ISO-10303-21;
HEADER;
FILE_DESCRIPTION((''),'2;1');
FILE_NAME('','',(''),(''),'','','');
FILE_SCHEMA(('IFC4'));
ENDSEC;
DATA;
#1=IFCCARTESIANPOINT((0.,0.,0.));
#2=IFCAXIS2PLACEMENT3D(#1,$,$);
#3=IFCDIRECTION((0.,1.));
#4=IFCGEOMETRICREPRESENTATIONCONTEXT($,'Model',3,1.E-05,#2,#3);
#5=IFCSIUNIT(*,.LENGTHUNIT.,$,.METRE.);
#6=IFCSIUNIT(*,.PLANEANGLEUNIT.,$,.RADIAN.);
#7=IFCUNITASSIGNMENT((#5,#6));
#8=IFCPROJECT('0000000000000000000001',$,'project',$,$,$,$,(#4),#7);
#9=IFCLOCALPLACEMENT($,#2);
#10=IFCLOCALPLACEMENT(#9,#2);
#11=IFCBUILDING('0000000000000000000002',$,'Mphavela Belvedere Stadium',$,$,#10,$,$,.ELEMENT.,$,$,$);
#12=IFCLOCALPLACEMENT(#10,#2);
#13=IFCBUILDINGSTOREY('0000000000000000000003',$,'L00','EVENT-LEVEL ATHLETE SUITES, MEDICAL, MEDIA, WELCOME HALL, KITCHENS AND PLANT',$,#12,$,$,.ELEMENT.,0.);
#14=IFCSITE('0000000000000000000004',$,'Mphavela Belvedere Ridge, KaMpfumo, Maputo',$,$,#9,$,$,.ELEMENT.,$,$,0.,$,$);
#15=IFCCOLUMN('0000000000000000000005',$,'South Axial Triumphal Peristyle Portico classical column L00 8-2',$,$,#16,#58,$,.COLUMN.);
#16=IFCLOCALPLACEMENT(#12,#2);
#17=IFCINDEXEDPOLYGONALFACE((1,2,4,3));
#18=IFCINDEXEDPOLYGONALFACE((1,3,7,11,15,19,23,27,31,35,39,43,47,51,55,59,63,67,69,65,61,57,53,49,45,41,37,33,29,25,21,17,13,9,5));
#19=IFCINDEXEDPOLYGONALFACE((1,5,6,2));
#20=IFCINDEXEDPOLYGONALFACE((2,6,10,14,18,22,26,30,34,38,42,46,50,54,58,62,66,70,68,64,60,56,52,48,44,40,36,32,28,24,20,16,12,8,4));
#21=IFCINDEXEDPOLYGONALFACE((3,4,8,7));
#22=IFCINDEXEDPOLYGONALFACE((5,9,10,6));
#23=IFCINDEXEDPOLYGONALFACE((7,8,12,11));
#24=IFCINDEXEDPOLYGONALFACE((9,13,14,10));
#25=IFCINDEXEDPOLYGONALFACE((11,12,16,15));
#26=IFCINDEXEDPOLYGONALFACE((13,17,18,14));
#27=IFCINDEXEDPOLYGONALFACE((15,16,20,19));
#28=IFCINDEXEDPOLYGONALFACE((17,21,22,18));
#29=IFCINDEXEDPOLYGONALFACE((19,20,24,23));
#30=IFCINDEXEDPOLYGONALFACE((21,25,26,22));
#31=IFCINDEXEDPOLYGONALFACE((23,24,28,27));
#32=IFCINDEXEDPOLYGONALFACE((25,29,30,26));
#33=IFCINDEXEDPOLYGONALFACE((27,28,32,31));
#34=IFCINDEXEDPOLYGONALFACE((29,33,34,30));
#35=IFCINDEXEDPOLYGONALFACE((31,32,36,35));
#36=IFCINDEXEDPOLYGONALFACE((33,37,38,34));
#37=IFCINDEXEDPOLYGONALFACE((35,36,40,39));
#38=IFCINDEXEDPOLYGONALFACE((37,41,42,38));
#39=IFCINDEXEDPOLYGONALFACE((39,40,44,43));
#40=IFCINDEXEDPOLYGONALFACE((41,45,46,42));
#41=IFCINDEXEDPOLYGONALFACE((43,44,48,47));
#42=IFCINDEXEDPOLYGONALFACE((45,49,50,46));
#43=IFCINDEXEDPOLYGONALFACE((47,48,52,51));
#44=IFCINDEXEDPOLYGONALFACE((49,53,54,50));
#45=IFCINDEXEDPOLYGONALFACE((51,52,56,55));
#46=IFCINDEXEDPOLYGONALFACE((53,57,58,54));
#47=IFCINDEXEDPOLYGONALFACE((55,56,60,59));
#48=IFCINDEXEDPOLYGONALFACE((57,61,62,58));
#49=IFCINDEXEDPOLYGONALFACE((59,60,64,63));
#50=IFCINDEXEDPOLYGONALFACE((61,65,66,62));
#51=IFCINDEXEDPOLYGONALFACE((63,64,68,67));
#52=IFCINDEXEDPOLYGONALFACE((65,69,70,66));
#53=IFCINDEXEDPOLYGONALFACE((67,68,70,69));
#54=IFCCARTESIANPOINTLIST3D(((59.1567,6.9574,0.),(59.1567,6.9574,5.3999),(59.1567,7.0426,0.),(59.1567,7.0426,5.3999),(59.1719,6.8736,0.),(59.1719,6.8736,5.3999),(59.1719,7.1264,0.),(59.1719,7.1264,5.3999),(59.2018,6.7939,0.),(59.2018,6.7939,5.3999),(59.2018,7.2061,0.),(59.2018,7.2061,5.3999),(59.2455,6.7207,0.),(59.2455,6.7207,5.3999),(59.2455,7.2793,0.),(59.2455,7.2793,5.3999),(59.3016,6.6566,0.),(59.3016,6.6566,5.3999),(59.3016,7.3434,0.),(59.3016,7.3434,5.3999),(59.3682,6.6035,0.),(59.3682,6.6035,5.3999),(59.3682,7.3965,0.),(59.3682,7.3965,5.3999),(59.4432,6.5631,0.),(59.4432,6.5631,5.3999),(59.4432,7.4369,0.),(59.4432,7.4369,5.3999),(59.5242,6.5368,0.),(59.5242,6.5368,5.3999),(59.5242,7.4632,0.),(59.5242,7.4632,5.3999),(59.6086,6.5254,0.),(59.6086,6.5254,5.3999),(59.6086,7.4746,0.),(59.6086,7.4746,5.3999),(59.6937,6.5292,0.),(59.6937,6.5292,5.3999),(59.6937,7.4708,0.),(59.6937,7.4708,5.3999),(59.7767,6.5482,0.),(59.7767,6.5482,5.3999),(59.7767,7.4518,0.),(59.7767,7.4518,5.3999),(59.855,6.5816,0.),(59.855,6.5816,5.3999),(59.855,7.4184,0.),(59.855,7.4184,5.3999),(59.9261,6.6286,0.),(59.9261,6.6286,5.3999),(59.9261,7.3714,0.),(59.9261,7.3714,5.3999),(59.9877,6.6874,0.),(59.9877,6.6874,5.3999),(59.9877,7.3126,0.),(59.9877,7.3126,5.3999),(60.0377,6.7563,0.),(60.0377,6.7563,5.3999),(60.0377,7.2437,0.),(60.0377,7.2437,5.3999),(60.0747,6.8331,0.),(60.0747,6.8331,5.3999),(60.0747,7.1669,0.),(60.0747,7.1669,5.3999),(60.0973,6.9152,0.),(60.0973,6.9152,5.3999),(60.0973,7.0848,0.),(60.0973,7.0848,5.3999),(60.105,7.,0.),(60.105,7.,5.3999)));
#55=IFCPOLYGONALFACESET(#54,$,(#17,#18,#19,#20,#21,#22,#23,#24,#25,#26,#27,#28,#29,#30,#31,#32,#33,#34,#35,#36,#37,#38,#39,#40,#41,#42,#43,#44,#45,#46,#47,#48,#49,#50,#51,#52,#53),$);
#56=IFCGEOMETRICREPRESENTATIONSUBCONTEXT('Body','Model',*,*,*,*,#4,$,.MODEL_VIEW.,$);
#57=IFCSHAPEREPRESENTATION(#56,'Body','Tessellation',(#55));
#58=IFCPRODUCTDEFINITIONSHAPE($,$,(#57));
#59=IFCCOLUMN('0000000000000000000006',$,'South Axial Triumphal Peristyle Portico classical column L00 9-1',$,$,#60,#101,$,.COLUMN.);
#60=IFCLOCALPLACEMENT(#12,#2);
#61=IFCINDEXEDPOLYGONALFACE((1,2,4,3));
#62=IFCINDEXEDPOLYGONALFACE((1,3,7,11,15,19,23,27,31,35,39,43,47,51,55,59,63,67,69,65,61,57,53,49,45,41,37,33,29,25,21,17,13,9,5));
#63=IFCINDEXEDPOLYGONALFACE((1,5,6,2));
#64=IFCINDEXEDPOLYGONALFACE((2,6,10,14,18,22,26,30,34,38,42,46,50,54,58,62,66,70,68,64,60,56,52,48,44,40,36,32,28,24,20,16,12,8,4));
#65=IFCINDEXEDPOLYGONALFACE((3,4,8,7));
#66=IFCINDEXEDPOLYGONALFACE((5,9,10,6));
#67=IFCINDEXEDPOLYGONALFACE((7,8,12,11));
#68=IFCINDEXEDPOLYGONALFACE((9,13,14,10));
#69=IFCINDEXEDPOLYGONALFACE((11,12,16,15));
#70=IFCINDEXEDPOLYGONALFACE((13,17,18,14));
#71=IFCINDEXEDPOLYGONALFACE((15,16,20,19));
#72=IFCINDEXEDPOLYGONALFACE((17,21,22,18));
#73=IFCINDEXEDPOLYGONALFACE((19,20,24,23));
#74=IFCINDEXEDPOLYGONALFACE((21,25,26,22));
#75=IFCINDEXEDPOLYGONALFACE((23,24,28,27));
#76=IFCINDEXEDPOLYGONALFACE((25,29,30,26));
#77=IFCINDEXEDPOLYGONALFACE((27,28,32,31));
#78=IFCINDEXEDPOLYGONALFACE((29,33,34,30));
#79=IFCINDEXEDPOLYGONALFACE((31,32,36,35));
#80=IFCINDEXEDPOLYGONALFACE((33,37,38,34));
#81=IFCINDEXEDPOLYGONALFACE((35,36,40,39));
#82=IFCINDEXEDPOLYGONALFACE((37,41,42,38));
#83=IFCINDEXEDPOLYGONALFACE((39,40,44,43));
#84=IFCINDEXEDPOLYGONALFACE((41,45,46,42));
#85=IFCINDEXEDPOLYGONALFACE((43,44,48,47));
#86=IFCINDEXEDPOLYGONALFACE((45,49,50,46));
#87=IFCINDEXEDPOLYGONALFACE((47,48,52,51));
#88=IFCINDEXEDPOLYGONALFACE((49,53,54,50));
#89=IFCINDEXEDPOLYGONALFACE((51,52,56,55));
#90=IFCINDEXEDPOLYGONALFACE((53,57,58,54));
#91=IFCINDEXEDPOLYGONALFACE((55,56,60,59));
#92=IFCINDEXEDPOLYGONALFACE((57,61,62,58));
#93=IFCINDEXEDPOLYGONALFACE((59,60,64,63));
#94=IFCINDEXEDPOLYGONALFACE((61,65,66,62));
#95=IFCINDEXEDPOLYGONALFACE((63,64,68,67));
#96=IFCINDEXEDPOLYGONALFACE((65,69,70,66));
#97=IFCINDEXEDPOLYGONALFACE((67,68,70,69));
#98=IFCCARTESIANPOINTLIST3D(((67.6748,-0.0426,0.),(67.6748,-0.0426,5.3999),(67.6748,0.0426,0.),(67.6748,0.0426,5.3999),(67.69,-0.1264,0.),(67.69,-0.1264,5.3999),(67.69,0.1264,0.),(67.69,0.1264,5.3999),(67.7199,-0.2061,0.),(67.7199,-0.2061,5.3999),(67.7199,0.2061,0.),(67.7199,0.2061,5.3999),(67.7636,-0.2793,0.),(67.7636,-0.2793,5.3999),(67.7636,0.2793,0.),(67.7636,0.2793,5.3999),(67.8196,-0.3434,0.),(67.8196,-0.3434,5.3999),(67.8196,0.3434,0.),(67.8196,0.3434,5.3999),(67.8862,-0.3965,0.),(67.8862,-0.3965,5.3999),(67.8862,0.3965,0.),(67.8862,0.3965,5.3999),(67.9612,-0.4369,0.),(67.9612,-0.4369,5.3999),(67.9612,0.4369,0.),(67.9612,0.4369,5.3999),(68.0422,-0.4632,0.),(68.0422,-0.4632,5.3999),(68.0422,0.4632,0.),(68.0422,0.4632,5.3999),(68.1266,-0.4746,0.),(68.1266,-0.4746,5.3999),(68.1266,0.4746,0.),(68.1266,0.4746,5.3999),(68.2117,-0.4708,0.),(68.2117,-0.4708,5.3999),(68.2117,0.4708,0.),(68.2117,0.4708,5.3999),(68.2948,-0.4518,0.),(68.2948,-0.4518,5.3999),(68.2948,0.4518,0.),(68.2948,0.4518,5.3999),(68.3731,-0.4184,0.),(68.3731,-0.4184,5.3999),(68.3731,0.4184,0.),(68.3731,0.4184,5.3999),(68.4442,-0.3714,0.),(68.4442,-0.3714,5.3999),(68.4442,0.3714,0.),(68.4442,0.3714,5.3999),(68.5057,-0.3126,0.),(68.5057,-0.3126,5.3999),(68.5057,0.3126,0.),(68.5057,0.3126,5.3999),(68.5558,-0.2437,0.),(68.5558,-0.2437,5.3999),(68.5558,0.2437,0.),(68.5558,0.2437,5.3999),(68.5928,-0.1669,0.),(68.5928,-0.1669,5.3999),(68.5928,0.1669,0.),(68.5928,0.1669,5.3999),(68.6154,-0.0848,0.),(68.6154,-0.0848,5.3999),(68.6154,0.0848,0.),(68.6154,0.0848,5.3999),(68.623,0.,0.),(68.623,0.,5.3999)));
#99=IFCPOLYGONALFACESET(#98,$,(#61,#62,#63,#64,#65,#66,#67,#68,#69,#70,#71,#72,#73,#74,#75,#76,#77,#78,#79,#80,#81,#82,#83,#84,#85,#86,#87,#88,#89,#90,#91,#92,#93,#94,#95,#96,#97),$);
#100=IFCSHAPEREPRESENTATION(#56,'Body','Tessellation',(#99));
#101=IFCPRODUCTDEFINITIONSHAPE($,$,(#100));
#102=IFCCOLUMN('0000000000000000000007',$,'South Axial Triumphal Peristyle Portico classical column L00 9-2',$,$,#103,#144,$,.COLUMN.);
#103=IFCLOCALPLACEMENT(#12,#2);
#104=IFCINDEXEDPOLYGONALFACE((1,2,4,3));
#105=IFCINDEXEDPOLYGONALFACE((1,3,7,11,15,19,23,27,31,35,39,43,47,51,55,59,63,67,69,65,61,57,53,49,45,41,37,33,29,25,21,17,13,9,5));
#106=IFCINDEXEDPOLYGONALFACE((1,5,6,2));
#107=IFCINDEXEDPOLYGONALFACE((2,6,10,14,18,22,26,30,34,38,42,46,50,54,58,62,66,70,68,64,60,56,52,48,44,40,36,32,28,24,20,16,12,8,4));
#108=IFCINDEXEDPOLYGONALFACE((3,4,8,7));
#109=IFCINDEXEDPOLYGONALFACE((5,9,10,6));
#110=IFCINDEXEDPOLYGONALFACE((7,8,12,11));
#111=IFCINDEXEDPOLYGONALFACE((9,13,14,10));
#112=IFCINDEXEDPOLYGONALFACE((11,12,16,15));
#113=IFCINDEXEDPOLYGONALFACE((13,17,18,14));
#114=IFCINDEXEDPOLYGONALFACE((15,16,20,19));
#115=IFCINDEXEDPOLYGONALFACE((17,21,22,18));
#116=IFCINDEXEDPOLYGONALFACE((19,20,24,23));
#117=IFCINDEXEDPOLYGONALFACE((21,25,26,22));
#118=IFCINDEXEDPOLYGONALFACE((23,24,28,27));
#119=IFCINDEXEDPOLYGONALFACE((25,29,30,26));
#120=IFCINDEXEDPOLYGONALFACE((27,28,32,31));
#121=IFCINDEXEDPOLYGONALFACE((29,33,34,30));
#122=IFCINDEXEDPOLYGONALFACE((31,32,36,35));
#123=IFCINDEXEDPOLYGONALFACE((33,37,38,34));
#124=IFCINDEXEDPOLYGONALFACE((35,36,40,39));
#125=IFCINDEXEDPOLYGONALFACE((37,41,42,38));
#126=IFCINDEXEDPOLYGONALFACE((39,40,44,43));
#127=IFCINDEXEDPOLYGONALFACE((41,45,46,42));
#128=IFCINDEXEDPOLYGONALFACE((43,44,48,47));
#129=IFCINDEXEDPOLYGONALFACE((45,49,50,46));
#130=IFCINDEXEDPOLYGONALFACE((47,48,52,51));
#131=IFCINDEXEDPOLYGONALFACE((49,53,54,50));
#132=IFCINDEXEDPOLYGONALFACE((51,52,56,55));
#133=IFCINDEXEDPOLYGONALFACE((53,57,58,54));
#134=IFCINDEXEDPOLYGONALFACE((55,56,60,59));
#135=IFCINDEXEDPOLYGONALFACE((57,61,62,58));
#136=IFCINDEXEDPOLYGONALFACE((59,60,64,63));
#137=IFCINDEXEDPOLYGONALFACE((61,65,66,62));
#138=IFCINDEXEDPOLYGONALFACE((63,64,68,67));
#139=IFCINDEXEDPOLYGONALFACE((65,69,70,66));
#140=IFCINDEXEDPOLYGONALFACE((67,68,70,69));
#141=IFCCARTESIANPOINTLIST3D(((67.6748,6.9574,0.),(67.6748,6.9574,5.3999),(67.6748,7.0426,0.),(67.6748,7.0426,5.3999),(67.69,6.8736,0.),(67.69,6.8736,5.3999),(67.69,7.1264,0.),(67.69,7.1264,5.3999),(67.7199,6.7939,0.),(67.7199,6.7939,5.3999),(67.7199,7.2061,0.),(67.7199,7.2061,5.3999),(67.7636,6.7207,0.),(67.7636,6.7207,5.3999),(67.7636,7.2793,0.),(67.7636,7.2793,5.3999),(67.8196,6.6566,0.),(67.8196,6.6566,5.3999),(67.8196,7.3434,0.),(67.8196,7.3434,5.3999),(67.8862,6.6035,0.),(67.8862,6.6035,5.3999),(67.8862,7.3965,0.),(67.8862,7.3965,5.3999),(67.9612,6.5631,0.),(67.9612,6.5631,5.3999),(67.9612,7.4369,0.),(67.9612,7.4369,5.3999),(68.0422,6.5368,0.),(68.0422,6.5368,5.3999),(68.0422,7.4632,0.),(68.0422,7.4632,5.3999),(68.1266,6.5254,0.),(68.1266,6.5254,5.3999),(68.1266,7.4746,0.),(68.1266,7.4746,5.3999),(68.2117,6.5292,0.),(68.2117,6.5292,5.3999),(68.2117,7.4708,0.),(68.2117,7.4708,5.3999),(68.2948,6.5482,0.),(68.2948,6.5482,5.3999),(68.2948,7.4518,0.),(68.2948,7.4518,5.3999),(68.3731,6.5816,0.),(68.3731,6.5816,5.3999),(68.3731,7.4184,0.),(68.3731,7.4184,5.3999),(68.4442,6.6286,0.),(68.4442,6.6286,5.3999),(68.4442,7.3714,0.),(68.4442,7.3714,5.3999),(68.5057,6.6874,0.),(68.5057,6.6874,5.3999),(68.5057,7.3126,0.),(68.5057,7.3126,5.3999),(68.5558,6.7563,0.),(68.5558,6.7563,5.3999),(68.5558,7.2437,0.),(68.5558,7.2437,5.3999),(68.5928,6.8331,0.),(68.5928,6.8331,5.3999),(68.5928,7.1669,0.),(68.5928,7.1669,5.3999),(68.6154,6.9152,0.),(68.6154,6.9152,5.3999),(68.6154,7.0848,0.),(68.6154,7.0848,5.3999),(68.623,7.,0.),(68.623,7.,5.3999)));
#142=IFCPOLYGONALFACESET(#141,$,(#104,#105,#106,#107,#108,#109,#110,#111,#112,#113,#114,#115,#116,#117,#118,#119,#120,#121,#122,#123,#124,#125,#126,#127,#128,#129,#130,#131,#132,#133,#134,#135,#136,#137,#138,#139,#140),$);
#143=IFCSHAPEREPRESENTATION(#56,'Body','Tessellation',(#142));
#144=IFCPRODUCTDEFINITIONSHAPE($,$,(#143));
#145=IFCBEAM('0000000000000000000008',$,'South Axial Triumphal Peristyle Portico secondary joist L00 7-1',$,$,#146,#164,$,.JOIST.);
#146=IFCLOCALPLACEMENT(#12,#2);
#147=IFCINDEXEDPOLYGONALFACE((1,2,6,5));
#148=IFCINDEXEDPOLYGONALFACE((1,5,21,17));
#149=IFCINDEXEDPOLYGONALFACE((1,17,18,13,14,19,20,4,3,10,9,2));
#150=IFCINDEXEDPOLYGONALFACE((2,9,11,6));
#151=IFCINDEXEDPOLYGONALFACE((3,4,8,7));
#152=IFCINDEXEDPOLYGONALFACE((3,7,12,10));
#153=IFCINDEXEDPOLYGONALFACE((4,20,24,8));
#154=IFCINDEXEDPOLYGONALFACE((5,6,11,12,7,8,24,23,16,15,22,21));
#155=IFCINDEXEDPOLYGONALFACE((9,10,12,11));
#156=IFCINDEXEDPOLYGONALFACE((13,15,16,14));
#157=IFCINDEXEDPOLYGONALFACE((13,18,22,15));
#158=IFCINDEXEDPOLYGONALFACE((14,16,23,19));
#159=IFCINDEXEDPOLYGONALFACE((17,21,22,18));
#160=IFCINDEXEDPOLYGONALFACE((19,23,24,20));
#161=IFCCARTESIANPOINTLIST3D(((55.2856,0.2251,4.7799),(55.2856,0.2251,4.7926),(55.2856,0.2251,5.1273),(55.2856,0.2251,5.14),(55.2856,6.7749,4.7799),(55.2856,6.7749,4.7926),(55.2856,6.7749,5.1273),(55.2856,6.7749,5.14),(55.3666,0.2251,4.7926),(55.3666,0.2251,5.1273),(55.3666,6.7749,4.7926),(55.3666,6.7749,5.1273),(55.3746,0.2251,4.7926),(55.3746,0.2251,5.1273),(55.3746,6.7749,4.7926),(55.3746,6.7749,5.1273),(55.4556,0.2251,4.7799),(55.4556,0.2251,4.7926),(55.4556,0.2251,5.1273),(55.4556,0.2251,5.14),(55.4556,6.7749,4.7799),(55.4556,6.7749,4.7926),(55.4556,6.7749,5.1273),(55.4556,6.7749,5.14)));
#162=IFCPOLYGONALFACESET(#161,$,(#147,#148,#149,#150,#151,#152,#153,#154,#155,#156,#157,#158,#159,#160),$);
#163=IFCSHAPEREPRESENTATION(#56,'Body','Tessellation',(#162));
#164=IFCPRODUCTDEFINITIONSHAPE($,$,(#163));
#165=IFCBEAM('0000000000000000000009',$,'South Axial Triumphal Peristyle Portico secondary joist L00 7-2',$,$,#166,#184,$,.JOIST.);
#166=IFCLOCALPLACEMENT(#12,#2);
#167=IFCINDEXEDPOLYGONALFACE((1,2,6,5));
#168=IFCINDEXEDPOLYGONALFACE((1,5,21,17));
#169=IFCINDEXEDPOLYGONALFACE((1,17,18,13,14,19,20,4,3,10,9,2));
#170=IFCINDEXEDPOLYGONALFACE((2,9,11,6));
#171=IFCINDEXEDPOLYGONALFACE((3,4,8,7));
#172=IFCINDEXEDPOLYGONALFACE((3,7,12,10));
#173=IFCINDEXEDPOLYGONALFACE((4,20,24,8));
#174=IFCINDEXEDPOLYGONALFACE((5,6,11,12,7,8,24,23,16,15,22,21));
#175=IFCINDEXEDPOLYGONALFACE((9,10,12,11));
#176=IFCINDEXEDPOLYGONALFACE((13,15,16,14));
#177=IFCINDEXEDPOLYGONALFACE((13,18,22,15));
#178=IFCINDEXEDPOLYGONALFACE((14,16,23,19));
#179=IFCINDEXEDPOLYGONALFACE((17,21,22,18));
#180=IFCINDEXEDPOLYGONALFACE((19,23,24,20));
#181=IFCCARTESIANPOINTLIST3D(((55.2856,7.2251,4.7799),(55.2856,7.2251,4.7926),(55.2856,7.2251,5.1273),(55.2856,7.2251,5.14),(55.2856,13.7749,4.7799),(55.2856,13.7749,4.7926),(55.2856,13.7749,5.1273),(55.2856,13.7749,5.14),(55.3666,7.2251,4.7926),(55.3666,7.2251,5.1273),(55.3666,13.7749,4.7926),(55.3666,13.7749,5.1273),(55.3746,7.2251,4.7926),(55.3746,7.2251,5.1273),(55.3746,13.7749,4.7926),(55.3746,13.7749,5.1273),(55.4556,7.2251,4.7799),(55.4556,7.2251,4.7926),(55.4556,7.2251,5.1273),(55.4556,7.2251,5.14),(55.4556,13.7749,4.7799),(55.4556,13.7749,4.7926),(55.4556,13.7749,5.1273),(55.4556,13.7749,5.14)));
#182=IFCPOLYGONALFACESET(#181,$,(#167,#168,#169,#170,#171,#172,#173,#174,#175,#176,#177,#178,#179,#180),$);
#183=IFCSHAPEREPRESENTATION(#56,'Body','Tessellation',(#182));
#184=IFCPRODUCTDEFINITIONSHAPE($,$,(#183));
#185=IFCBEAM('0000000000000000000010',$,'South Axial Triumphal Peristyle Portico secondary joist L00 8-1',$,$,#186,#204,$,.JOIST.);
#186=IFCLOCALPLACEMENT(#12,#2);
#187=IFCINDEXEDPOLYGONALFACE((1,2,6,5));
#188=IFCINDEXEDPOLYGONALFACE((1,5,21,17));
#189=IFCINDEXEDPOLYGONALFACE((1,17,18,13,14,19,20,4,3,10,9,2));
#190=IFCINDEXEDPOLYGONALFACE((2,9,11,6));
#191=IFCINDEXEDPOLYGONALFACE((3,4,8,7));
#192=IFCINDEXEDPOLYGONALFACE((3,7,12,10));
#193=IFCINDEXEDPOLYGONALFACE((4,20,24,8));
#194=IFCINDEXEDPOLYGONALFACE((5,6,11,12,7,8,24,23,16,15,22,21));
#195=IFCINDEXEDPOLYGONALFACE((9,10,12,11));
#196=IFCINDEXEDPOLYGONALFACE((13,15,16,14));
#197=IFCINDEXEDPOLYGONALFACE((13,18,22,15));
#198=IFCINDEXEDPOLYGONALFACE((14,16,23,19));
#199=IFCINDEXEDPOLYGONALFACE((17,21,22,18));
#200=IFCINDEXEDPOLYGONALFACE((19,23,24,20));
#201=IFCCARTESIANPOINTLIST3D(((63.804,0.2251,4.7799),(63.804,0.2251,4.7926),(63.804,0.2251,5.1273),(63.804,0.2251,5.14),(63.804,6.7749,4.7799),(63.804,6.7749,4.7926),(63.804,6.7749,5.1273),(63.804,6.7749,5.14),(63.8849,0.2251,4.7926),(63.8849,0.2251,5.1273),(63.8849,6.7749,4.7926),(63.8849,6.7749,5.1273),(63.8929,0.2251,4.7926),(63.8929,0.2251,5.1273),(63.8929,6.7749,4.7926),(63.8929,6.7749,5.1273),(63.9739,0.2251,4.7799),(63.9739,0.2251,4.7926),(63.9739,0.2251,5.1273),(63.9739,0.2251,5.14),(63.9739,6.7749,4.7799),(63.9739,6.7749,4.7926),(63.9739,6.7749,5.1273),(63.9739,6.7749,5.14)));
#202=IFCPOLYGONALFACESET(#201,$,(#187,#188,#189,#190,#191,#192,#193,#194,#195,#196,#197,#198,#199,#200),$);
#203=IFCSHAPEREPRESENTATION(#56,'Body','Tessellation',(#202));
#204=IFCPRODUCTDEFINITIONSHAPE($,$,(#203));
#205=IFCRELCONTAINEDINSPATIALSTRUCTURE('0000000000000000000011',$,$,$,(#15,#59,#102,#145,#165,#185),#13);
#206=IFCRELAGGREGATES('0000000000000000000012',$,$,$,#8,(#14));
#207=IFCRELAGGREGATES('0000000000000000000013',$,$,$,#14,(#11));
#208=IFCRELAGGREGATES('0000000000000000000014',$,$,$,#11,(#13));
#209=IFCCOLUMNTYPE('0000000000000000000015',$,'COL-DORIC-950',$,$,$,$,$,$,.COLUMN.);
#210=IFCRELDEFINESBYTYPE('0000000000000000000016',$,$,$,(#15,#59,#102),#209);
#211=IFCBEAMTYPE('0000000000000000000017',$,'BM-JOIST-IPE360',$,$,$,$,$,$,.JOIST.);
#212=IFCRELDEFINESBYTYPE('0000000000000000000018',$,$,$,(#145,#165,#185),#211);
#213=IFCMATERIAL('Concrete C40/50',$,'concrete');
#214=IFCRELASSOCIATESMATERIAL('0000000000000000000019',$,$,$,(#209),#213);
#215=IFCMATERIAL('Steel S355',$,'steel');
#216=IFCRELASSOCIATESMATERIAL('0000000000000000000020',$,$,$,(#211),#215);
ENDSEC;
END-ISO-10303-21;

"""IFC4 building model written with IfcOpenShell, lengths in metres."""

from ifc_helpers import new_model, si_unit, direction, frame, origin, origin_2d, place, context, subcontext, project, spatial, circle, i_section, extrude, material, material_profile, profile_set, type_object, element, save


model = new_model("IFC4")

# Units and contexts
model_context = context("Model", 3, precision=1e-05, world=origin(), true_north=direction((0.0, 1.0)))
body_context = subcontext(model_context, "Body", "Model", "MODEL_VIEW")
ifc_project = project(units=[si_unit("LENGTHUNIT", "METRE"), si_unit("PLANEANGLEUNIT", "RADIAN")], contexts=[model_context])

# Site, building, storey
site_placement = place(None, origin())
site = spatial("IfcSite", under=ifc_project, at=site_placement, Name="Mphavela Belvedere Ridge, KaMpfumo, Maputo", CompositionType="ELEMENT", RefElevation=0.0)
building_placement = place(site_placement, origin())
building = spatial("IfcBuilding", under=site, at=building_placement, Name="Mphavela Belvedere Stadium", CompositionType="ELEMENT")
storey_placement = place(building_placement, origin())
storey = spatial("IfcBuildingStorey", under=building, at=storey_placement, Name="L00", Description="EVENT-LEVEL ATHLETE SUITES, MEDICAL, MEDIA, WELCOME HALL, KITCHENS AND PLANT", CompositionType="ELEMENT", Elevation=0.0)

# Columns
ifc_material_1 = material(Name="Concrete C40/50", Category="concrete")
ifc_material_profile_1 = material_profile(ifc_material_1, circle(Radius=0.4751, at=origin_2d()), Name="COL D950")
ifc_profile_set_1 = profile_set([ifc_material_profile_1], Name="Concrete C40/50")
column_type = type_object("IfcColumnType", Name="COL-DORIC-950", PredefinedType="COLUMN", material=ifc_profile_set_1)
for number, where, z_axis, x_axis, name in (
    (1, (59.6299, 7.0, 0.0), (0.0, 0.0, 1.0), (1.0, 0.0, 0.0), "South Axial Triumphal Peristyle Portico classical column L00 8-2"),
    (2, (68.1479, 0.0, 0.0), (0.0, 0.0, 1.0), (1.0, 0.0, 0.0), "South Axial Triumphal Peristyle Portico classical column L00 9-1"),
    (3, (68.1479, 7.0, 0.0), (0.0, 0.0, 1.0), (1.0, 0.0, 0.0), "South Axial Triumphal Peristyle Portico classical column L00 9-2"),
):
    element("IfcColumn", number, at=place(storey_placement, frame(where, z_axis=z_axis, x_axis=x_axis)), inside=storey, type_object=column_type, Name=name, PredefinedType="COLUMN", context=body_context, shape_type="SweptSolid", body=[
        extrude(circle(Radius=0.4751, at=origin_2d()), origin(), (0.0, 0.0, 1.0), 5.3999),
    ])

# Beams
ifc_material_2 = material(Name="Steel S355", Category="steel")
ifc_material_profile_2 = material_profile(ifc_material_2, i_section(OverallWidth=0.1699, OverallDepth=0.3601, WebThickness=0.0081, FlangeThickness=0.0127, at=origin_2d()), Name="IPE 360")
ifc_profile_set_2 = profile_set([ifc_material_profile_2], Name="Steel S355")
beam_type_1 = type_object("IfcBeamType", Name="BM-JOIST-IPE360", PredefinedType="JOIST", material=ifc_profile_set_2)
for number, where, z_axis, x_axis, name in (
    (4, (55.3706, 0.2251, 4.96), (0.0, 1.0, 0.0), (-1.0, 0.0, 0.0), "South Axial Triumphal Peristyle Portico secondary joist L00 7-1"),
    (5, (55.3706, 7.2251, 4.96), (0.0, 1.0, 0.0), (-1.0, 0.0, 0.0), "South Axial Triumphal Peristyle Portico secondary joist L00 7-2"),
    (6, (63.8889, 0.2251, 4.96), (0.0, 1.0, 0.0), (-1.0, 0.0, 0.0), "South Axial Triumphal Peristyle Portico secondary joist L00 8-1"),
):
    element("IfcBeam", number, at=place(storey_placement, frame(where, z_axis=z_axis, x_axis=x_axis)), inside=storey, type_object=beam_type_1, Name=name, PredefinedType="JOIST", context=body_context, shape_type="SweptSolid", body=[
        extrude(i_section(OverallWidth=0.1699, OverallDepth=0.3601, WebThickness=0.0081, FlangeThickness=0.0127, at=origin_2d()), origin(), (0.0, 0.0, 1.0), 6.5498),
    ])

save(model, "model.ifc")
